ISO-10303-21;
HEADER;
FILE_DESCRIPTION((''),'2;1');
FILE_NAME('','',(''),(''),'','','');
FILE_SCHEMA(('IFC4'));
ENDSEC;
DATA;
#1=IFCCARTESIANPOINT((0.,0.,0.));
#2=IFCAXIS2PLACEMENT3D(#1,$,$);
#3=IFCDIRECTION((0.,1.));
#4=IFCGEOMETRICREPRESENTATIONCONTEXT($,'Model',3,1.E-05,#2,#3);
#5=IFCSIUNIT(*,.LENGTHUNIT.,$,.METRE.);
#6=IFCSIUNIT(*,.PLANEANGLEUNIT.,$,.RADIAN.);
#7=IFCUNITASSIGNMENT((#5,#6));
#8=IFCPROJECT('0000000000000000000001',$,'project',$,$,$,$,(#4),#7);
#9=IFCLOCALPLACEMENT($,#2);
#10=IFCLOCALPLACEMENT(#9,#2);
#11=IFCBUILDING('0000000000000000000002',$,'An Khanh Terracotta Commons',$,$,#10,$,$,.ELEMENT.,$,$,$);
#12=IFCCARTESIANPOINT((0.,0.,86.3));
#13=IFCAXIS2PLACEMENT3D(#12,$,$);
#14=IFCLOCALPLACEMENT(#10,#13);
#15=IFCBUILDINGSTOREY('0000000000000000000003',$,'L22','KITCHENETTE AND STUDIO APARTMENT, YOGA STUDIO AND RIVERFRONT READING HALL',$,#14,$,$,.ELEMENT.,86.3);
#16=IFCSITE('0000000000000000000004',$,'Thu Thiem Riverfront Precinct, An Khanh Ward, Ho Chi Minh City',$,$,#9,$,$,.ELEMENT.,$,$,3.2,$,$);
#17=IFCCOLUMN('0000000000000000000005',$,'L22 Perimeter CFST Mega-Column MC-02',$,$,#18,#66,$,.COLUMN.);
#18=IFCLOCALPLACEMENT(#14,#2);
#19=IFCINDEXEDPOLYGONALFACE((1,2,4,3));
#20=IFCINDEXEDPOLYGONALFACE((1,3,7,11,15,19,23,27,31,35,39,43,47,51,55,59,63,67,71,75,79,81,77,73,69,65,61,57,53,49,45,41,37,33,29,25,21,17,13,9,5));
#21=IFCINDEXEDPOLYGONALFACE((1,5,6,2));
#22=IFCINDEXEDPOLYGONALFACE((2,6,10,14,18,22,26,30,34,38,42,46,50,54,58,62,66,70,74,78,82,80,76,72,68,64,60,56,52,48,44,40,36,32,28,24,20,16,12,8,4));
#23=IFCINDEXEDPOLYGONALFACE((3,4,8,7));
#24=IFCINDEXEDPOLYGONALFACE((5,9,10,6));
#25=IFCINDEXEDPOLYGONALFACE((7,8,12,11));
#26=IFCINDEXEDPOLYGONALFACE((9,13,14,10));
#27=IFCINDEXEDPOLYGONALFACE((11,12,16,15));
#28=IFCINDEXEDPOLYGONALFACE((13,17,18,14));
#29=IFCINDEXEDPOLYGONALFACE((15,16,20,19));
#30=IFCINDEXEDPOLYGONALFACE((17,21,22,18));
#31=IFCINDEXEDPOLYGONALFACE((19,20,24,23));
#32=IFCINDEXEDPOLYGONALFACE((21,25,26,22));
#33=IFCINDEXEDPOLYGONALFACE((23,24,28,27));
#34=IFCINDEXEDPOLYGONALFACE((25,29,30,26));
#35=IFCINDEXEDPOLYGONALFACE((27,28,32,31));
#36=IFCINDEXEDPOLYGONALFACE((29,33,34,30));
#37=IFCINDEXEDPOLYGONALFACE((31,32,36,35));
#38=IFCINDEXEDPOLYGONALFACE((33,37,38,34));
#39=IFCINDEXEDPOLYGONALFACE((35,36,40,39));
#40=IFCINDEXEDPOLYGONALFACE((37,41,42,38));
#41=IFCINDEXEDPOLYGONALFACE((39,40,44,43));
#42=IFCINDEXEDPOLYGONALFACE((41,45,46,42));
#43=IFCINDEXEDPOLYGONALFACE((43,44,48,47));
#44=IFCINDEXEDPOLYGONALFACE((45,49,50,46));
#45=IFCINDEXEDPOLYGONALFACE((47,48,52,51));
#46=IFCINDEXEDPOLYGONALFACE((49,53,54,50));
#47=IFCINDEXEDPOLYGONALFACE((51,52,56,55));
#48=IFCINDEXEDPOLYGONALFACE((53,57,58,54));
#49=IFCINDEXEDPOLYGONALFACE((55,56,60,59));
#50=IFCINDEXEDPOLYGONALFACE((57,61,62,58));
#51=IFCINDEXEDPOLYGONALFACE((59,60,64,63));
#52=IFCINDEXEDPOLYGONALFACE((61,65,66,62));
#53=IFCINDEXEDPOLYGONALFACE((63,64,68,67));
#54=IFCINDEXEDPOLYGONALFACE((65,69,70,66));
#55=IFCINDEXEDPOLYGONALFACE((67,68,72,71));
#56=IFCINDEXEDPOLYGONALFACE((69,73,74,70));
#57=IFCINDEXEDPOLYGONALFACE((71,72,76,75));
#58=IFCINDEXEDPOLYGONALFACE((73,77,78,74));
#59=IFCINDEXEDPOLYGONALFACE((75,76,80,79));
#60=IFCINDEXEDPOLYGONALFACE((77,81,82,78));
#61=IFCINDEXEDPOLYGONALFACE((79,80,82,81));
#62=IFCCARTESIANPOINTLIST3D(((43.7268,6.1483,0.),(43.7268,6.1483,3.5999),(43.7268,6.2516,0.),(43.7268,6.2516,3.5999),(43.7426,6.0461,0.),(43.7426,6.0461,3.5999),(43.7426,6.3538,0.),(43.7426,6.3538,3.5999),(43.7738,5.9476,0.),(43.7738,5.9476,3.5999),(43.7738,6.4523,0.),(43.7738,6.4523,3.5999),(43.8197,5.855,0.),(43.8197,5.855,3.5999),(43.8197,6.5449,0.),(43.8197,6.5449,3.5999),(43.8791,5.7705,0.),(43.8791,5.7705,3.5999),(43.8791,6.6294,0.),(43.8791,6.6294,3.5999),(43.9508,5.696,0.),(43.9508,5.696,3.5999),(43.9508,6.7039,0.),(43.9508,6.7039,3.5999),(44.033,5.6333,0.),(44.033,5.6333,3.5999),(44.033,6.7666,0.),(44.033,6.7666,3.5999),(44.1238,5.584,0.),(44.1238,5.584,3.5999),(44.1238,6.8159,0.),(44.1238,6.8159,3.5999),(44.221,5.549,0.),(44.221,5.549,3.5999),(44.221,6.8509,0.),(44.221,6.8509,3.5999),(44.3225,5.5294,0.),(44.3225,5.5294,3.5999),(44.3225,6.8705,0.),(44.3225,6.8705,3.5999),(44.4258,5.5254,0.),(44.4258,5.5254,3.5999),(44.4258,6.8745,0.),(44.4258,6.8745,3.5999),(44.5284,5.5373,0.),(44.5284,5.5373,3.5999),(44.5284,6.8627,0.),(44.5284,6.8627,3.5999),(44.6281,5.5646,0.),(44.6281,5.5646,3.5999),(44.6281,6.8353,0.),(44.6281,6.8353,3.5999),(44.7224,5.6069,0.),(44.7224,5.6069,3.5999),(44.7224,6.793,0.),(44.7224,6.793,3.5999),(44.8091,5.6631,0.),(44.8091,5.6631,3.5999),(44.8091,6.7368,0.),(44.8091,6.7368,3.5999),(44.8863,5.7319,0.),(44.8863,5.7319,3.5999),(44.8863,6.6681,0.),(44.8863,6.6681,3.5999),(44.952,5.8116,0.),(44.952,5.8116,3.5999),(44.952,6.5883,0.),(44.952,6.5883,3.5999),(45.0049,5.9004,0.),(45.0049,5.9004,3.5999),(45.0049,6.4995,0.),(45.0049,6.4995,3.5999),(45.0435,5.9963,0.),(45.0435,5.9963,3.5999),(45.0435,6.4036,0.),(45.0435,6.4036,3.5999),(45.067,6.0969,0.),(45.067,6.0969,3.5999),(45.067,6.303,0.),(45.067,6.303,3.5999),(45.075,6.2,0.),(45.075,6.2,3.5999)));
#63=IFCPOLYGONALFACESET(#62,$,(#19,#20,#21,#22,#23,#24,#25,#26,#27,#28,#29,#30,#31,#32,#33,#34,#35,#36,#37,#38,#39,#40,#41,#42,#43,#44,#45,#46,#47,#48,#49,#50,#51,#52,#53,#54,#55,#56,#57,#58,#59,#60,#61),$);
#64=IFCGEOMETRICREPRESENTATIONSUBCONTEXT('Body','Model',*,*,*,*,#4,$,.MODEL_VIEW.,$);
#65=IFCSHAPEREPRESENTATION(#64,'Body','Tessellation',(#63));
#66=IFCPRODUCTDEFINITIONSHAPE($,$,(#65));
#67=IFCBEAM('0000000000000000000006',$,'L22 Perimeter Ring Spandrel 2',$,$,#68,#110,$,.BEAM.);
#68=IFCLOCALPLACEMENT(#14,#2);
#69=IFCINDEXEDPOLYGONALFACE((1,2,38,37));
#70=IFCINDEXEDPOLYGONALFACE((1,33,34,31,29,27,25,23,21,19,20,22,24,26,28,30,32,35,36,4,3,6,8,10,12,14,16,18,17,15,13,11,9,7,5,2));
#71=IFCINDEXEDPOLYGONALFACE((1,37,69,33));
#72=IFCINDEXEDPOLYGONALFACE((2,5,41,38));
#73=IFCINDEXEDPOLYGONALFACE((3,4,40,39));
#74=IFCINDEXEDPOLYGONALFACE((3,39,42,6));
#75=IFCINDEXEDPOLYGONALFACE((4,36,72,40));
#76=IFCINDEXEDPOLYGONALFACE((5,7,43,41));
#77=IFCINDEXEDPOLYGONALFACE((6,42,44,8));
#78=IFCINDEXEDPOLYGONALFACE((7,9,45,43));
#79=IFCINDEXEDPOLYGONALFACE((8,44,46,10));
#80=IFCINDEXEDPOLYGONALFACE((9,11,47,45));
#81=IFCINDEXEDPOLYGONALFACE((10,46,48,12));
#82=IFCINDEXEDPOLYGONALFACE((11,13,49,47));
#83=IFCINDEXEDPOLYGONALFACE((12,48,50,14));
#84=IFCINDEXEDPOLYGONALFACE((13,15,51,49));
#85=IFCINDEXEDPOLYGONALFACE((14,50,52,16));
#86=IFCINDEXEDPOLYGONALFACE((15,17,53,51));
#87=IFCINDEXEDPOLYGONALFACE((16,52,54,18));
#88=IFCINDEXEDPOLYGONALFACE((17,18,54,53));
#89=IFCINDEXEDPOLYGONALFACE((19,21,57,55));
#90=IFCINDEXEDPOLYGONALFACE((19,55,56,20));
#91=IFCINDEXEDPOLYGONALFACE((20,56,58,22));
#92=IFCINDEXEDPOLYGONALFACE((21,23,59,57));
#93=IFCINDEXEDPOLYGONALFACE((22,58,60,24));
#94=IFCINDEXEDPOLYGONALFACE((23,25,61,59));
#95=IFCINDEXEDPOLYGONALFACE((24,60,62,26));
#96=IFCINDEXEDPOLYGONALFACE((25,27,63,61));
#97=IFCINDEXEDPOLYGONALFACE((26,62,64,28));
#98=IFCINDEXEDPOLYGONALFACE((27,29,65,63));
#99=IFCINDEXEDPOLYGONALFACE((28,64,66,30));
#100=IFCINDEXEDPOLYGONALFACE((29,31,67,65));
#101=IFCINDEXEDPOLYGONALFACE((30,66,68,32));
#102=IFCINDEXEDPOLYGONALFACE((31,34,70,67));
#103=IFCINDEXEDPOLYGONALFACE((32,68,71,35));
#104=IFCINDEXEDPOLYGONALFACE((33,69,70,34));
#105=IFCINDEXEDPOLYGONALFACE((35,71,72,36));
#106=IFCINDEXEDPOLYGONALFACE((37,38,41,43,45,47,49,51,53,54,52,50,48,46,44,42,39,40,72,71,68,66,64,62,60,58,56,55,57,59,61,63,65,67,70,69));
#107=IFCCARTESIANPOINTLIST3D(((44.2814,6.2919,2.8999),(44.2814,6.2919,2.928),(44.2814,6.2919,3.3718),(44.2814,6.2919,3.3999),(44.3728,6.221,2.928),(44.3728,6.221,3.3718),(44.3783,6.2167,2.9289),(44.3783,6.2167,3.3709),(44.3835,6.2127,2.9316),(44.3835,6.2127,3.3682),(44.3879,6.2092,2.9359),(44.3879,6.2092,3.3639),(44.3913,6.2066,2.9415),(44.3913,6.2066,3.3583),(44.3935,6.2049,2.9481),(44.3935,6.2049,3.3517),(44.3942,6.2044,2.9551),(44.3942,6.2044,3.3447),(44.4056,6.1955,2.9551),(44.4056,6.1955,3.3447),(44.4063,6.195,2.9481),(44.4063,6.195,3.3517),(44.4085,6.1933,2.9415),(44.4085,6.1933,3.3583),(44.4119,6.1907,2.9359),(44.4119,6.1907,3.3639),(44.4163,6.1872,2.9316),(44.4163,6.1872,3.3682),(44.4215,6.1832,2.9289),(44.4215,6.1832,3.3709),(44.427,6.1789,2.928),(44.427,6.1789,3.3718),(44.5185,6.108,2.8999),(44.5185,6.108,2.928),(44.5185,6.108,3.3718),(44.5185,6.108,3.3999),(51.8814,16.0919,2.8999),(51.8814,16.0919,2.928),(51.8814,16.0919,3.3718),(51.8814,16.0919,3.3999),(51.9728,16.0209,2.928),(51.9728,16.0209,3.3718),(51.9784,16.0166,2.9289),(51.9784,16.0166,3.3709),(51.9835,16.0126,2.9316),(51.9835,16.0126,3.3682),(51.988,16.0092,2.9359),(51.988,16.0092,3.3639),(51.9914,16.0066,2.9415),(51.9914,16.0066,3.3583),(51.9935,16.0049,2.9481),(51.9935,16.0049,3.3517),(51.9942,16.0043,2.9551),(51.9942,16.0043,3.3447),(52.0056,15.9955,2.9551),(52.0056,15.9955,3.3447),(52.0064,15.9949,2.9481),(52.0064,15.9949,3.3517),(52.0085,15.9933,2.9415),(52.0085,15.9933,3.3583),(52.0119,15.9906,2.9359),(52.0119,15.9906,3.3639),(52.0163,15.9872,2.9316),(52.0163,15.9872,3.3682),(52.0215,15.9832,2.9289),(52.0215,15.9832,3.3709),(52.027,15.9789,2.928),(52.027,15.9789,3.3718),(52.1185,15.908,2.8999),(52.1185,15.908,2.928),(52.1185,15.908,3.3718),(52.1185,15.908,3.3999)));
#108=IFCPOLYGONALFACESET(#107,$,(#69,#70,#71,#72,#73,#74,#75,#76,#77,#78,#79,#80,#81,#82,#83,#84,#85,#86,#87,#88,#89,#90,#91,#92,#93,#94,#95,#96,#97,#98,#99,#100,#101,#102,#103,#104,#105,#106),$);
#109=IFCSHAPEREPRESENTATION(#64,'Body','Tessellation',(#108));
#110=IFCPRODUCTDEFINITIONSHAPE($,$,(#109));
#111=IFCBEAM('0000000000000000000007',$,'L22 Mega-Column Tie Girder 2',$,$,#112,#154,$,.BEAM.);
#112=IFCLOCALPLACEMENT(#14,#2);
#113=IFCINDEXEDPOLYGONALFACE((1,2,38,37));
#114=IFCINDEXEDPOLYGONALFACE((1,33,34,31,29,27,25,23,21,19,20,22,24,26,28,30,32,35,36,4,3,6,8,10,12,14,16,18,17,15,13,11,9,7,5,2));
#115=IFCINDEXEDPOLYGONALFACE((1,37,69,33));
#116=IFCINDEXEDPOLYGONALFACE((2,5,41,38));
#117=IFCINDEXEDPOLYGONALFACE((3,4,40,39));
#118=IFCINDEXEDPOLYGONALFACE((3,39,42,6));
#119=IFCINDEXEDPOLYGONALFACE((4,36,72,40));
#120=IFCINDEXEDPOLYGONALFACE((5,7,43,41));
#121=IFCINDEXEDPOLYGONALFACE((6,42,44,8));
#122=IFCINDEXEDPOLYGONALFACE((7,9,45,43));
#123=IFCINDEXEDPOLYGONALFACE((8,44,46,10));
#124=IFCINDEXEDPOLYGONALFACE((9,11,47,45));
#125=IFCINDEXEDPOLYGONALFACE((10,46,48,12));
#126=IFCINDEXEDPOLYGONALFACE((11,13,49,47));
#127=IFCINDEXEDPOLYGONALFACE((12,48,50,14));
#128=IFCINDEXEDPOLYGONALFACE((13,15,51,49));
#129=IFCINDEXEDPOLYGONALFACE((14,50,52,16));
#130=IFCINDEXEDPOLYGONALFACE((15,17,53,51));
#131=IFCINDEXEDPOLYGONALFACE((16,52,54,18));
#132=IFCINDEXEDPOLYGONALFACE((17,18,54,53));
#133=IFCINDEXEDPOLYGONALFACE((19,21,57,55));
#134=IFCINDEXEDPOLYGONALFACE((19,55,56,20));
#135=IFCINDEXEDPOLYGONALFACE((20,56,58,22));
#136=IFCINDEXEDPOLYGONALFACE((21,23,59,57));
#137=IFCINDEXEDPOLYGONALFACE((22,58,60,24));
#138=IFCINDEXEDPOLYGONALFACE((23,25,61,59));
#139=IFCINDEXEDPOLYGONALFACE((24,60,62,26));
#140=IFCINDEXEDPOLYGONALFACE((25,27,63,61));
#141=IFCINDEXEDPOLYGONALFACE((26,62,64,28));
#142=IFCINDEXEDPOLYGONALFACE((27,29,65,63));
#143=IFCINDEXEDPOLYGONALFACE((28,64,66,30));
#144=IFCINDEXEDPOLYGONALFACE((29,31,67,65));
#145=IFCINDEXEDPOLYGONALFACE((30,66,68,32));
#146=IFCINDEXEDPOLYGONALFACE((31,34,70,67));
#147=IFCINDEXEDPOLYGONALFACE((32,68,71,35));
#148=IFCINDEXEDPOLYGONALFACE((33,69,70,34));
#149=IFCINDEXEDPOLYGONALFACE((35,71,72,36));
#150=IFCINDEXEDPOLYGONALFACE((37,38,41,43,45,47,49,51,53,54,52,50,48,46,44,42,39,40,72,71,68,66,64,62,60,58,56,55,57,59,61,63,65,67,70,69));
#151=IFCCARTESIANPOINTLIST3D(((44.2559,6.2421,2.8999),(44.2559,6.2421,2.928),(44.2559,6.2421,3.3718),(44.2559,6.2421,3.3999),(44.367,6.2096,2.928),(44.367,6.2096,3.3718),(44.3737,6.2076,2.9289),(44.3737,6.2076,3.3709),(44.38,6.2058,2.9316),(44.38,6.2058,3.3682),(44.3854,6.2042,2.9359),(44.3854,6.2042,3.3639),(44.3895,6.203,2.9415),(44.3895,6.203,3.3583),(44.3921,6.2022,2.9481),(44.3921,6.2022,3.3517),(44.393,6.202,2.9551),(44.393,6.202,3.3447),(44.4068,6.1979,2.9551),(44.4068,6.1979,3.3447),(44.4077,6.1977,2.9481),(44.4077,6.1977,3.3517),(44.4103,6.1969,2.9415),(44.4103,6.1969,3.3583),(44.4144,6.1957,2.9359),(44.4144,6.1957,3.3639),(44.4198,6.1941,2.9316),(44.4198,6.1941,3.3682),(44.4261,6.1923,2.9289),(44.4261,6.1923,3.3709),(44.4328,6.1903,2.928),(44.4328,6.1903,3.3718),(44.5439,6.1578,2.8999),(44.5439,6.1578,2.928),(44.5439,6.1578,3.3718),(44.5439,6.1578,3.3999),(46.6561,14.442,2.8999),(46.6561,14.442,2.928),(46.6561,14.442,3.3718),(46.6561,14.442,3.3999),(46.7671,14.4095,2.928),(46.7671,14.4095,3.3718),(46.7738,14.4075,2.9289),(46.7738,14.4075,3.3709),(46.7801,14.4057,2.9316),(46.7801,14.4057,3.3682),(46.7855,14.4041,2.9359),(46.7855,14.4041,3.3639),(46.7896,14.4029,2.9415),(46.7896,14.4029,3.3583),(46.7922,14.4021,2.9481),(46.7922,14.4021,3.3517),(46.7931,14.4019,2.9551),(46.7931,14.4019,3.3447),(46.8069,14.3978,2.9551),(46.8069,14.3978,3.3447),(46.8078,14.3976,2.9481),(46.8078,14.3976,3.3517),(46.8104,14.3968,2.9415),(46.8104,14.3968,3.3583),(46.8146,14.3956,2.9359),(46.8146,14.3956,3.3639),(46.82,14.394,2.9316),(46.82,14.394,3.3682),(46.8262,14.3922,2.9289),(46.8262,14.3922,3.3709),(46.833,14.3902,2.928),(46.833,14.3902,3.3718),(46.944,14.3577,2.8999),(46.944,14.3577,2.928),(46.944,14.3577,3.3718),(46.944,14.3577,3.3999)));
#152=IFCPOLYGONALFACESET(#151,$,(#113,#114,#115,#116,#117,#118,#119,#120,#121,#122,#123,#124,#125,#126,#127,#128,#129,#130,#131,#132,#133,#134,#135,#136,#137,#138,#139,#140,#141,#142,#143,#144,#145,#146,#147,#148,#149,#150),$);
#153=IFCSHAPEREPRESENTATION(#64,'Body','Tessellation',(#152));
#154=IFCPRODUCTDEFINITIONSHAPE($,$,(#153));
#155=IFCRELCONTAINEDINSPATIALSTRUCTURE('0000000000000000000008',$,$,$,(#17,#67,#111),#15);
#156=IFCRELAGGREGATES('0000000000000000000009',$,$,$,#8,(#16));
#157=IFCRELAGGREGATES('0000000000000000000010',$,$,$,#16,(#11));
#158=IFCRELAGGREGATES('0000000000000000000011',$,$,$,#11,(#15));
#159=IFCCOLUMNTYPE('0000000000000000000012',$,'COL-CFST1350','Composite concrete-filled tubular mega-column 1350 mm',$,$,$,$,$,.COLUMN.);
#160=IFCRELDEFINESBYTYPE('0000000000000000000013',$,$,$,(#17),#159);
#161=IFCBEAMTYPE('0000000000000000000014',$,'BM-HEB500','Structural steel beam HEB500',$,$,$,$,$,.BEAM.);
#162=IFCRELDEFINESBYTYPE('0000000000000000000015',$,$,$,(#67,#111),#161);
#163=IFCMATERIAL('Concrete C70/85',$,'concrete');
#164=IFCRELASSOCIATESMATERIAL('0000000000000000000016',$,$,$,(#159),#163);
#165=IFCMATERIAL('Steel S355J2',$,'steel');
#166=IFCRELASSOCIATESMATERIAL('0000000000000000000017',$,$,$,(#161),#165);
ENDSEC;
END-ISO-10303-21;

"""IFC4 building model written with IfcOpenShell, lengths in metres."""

from ifc_helpers import new_model, si_unit, direction, frame, origin, origin_2d, place, context, subcontext, project, spatial, circle, i_section, extrude, material, material_profile, profile_set, type_object, element, save


model = new_model("IFC4")

# Units and contexts
model_context = context("Model", 3, precision=1e-05, world=origin(), true_north=direction((0.0, 1.0)))
body_context = subcontext(model_context, "Body", "Model", "MODEL_VIEW")
ifc_project = project(units=[si_unit("LENGTHUNIT", "METRE"), si_unit("PLANEANGLEUNIT", "RADIAN")], contexts=[model_context])

# Site, building, storey
site_placement = place(None, origin())
site = spatial("IfcSite", under=ifc_project, at=site_placement, Name="Thu Thiem Riverfront Precinct, An Khanh Ward, Ho Chi Minh City", CompositionType="ELEMENT", RefElevation=3.2)
building_placement = place(site_placement, origin())
building = spatial("IfcBuilding", under=site, at=building_placement, Name="An Khanh Terracotta Commons", CompositionType="ELEMENT")
storey_placement = place(building_placement, frame((0.0, 0.0, 86.3)))
storey = spatial("IfcBuildingStorey", under=building, at=storey_placement, Name="L22", Description="KITCHENETTE AND STUDIO APARTMENT, YOGA STUDIO AND RIVERFRONT READING HALL", CompositionType="ELEMENT", Elevation=86.3)

# Column
ifc_material_1 = material(Name="Concrete C70/85", Category="concrete")
ifc_material_profile_1 = material_profile(ifc_material_1, circle(Radius=0.675, at=origin_2d()), Name="CFST1350")
ifc_profile_set_1 = profile_set([ifc_material_profile_1], Name="Concrete C70/85")
column_type = type_object("IfcColumnType", Name="COL-CFST1350", Description="Composite concrete-filled tubular mega-column 1350 mm", PredefinedType="COLUMN", material=ifc_profile_set_1)
column_placement = place(storey_placement, frame((44.3999, 6.2, 0.0), z_axis=(0.0, 0.0, 1.0), x_axis=(1.0, 0.0, 0.0)))
element("IfcColumn", 1, at=column_placement, inside=storey, type_object=column_type, Name="L22 Perimeter CFST Mega-Column MC-02", PredefinedType="COLUMN", context=body_context, shape_type="SweptSolid", body=[
    extrude(circle(Radius=0.675, at=origin_2d()), origin(), (0.0, 0.0, 1.0), 3.5999),
])

# Beams
ifc_material_2 = material(Name="Steel S355J2", Category="steel")
ifc_material_profile_2 = material_profile(ifc_material_2, i_section(OverallWidth=0.3, OverallDepth=0.5, WebThickness=0.0144, FlangeThickness=0.0281, FilletRadius=0.0271, at=origin_2d()), Name="HEB500")
ifc_profile_set_2 = profile_set([ifc_material_profile_2], Name="Steel S355J2")
beam_type = type_object("IfcBeamType", Name="BM-HEB500", Description="Structural steel beam HEB500", PredefinedType="BEAM", material=ifc_profile_set_2)
beam_1_placement = place(storey_placement, frame((44.3999, 6.2, 3.1499), z_axis=(0.612827, 0.790217, 0.0), x_axis=(-0.790217, 0.612827, 0.0)))
element("IfcBeam", 2, at=beam_1_placement, inside=storey, type_object=beam_type, Name="L22 Perimeter Ring Spandrel 2", PredefinedType="BEAM", context=body_context, shape_type="SweptSolid", body=[
    extrude(i_section(OverallWidth=0.3, OverallDepth=0.5, WebThickness=0.0144, FlangeThickness=0.0281, FilletRadius=0.0271, at=origin_2d()), origin(), (0.0, 0.0, 1.0), 12.4016),
])
beam_2_placement = place(storey_placement, frame((44.3999, 6.2, 3.1499), z_axis=(0.280916, 0.959732, 0.0), x_axis=(-0.959732, 0.280916, 0.0)))
element("IfcBeam", 3, at=beam_2_placement, inside=storey, type_object=beam_type, Name="L22 Mega-Column Tie Girder 2", PredefinedType="BEAM", context=body_context, shape_type="SweptSolid", body=[
    extrude(i_section(OverallWidth=0.3, OverallDepth=0.5, WebThickness=0.0144, FlangeThickness=0.0281, FilletRadius=0.0271, at=origin_2d()), origin(), (0.0, 0.0, 1.0), 8.5439),
])

save(model, "model.ifc")
